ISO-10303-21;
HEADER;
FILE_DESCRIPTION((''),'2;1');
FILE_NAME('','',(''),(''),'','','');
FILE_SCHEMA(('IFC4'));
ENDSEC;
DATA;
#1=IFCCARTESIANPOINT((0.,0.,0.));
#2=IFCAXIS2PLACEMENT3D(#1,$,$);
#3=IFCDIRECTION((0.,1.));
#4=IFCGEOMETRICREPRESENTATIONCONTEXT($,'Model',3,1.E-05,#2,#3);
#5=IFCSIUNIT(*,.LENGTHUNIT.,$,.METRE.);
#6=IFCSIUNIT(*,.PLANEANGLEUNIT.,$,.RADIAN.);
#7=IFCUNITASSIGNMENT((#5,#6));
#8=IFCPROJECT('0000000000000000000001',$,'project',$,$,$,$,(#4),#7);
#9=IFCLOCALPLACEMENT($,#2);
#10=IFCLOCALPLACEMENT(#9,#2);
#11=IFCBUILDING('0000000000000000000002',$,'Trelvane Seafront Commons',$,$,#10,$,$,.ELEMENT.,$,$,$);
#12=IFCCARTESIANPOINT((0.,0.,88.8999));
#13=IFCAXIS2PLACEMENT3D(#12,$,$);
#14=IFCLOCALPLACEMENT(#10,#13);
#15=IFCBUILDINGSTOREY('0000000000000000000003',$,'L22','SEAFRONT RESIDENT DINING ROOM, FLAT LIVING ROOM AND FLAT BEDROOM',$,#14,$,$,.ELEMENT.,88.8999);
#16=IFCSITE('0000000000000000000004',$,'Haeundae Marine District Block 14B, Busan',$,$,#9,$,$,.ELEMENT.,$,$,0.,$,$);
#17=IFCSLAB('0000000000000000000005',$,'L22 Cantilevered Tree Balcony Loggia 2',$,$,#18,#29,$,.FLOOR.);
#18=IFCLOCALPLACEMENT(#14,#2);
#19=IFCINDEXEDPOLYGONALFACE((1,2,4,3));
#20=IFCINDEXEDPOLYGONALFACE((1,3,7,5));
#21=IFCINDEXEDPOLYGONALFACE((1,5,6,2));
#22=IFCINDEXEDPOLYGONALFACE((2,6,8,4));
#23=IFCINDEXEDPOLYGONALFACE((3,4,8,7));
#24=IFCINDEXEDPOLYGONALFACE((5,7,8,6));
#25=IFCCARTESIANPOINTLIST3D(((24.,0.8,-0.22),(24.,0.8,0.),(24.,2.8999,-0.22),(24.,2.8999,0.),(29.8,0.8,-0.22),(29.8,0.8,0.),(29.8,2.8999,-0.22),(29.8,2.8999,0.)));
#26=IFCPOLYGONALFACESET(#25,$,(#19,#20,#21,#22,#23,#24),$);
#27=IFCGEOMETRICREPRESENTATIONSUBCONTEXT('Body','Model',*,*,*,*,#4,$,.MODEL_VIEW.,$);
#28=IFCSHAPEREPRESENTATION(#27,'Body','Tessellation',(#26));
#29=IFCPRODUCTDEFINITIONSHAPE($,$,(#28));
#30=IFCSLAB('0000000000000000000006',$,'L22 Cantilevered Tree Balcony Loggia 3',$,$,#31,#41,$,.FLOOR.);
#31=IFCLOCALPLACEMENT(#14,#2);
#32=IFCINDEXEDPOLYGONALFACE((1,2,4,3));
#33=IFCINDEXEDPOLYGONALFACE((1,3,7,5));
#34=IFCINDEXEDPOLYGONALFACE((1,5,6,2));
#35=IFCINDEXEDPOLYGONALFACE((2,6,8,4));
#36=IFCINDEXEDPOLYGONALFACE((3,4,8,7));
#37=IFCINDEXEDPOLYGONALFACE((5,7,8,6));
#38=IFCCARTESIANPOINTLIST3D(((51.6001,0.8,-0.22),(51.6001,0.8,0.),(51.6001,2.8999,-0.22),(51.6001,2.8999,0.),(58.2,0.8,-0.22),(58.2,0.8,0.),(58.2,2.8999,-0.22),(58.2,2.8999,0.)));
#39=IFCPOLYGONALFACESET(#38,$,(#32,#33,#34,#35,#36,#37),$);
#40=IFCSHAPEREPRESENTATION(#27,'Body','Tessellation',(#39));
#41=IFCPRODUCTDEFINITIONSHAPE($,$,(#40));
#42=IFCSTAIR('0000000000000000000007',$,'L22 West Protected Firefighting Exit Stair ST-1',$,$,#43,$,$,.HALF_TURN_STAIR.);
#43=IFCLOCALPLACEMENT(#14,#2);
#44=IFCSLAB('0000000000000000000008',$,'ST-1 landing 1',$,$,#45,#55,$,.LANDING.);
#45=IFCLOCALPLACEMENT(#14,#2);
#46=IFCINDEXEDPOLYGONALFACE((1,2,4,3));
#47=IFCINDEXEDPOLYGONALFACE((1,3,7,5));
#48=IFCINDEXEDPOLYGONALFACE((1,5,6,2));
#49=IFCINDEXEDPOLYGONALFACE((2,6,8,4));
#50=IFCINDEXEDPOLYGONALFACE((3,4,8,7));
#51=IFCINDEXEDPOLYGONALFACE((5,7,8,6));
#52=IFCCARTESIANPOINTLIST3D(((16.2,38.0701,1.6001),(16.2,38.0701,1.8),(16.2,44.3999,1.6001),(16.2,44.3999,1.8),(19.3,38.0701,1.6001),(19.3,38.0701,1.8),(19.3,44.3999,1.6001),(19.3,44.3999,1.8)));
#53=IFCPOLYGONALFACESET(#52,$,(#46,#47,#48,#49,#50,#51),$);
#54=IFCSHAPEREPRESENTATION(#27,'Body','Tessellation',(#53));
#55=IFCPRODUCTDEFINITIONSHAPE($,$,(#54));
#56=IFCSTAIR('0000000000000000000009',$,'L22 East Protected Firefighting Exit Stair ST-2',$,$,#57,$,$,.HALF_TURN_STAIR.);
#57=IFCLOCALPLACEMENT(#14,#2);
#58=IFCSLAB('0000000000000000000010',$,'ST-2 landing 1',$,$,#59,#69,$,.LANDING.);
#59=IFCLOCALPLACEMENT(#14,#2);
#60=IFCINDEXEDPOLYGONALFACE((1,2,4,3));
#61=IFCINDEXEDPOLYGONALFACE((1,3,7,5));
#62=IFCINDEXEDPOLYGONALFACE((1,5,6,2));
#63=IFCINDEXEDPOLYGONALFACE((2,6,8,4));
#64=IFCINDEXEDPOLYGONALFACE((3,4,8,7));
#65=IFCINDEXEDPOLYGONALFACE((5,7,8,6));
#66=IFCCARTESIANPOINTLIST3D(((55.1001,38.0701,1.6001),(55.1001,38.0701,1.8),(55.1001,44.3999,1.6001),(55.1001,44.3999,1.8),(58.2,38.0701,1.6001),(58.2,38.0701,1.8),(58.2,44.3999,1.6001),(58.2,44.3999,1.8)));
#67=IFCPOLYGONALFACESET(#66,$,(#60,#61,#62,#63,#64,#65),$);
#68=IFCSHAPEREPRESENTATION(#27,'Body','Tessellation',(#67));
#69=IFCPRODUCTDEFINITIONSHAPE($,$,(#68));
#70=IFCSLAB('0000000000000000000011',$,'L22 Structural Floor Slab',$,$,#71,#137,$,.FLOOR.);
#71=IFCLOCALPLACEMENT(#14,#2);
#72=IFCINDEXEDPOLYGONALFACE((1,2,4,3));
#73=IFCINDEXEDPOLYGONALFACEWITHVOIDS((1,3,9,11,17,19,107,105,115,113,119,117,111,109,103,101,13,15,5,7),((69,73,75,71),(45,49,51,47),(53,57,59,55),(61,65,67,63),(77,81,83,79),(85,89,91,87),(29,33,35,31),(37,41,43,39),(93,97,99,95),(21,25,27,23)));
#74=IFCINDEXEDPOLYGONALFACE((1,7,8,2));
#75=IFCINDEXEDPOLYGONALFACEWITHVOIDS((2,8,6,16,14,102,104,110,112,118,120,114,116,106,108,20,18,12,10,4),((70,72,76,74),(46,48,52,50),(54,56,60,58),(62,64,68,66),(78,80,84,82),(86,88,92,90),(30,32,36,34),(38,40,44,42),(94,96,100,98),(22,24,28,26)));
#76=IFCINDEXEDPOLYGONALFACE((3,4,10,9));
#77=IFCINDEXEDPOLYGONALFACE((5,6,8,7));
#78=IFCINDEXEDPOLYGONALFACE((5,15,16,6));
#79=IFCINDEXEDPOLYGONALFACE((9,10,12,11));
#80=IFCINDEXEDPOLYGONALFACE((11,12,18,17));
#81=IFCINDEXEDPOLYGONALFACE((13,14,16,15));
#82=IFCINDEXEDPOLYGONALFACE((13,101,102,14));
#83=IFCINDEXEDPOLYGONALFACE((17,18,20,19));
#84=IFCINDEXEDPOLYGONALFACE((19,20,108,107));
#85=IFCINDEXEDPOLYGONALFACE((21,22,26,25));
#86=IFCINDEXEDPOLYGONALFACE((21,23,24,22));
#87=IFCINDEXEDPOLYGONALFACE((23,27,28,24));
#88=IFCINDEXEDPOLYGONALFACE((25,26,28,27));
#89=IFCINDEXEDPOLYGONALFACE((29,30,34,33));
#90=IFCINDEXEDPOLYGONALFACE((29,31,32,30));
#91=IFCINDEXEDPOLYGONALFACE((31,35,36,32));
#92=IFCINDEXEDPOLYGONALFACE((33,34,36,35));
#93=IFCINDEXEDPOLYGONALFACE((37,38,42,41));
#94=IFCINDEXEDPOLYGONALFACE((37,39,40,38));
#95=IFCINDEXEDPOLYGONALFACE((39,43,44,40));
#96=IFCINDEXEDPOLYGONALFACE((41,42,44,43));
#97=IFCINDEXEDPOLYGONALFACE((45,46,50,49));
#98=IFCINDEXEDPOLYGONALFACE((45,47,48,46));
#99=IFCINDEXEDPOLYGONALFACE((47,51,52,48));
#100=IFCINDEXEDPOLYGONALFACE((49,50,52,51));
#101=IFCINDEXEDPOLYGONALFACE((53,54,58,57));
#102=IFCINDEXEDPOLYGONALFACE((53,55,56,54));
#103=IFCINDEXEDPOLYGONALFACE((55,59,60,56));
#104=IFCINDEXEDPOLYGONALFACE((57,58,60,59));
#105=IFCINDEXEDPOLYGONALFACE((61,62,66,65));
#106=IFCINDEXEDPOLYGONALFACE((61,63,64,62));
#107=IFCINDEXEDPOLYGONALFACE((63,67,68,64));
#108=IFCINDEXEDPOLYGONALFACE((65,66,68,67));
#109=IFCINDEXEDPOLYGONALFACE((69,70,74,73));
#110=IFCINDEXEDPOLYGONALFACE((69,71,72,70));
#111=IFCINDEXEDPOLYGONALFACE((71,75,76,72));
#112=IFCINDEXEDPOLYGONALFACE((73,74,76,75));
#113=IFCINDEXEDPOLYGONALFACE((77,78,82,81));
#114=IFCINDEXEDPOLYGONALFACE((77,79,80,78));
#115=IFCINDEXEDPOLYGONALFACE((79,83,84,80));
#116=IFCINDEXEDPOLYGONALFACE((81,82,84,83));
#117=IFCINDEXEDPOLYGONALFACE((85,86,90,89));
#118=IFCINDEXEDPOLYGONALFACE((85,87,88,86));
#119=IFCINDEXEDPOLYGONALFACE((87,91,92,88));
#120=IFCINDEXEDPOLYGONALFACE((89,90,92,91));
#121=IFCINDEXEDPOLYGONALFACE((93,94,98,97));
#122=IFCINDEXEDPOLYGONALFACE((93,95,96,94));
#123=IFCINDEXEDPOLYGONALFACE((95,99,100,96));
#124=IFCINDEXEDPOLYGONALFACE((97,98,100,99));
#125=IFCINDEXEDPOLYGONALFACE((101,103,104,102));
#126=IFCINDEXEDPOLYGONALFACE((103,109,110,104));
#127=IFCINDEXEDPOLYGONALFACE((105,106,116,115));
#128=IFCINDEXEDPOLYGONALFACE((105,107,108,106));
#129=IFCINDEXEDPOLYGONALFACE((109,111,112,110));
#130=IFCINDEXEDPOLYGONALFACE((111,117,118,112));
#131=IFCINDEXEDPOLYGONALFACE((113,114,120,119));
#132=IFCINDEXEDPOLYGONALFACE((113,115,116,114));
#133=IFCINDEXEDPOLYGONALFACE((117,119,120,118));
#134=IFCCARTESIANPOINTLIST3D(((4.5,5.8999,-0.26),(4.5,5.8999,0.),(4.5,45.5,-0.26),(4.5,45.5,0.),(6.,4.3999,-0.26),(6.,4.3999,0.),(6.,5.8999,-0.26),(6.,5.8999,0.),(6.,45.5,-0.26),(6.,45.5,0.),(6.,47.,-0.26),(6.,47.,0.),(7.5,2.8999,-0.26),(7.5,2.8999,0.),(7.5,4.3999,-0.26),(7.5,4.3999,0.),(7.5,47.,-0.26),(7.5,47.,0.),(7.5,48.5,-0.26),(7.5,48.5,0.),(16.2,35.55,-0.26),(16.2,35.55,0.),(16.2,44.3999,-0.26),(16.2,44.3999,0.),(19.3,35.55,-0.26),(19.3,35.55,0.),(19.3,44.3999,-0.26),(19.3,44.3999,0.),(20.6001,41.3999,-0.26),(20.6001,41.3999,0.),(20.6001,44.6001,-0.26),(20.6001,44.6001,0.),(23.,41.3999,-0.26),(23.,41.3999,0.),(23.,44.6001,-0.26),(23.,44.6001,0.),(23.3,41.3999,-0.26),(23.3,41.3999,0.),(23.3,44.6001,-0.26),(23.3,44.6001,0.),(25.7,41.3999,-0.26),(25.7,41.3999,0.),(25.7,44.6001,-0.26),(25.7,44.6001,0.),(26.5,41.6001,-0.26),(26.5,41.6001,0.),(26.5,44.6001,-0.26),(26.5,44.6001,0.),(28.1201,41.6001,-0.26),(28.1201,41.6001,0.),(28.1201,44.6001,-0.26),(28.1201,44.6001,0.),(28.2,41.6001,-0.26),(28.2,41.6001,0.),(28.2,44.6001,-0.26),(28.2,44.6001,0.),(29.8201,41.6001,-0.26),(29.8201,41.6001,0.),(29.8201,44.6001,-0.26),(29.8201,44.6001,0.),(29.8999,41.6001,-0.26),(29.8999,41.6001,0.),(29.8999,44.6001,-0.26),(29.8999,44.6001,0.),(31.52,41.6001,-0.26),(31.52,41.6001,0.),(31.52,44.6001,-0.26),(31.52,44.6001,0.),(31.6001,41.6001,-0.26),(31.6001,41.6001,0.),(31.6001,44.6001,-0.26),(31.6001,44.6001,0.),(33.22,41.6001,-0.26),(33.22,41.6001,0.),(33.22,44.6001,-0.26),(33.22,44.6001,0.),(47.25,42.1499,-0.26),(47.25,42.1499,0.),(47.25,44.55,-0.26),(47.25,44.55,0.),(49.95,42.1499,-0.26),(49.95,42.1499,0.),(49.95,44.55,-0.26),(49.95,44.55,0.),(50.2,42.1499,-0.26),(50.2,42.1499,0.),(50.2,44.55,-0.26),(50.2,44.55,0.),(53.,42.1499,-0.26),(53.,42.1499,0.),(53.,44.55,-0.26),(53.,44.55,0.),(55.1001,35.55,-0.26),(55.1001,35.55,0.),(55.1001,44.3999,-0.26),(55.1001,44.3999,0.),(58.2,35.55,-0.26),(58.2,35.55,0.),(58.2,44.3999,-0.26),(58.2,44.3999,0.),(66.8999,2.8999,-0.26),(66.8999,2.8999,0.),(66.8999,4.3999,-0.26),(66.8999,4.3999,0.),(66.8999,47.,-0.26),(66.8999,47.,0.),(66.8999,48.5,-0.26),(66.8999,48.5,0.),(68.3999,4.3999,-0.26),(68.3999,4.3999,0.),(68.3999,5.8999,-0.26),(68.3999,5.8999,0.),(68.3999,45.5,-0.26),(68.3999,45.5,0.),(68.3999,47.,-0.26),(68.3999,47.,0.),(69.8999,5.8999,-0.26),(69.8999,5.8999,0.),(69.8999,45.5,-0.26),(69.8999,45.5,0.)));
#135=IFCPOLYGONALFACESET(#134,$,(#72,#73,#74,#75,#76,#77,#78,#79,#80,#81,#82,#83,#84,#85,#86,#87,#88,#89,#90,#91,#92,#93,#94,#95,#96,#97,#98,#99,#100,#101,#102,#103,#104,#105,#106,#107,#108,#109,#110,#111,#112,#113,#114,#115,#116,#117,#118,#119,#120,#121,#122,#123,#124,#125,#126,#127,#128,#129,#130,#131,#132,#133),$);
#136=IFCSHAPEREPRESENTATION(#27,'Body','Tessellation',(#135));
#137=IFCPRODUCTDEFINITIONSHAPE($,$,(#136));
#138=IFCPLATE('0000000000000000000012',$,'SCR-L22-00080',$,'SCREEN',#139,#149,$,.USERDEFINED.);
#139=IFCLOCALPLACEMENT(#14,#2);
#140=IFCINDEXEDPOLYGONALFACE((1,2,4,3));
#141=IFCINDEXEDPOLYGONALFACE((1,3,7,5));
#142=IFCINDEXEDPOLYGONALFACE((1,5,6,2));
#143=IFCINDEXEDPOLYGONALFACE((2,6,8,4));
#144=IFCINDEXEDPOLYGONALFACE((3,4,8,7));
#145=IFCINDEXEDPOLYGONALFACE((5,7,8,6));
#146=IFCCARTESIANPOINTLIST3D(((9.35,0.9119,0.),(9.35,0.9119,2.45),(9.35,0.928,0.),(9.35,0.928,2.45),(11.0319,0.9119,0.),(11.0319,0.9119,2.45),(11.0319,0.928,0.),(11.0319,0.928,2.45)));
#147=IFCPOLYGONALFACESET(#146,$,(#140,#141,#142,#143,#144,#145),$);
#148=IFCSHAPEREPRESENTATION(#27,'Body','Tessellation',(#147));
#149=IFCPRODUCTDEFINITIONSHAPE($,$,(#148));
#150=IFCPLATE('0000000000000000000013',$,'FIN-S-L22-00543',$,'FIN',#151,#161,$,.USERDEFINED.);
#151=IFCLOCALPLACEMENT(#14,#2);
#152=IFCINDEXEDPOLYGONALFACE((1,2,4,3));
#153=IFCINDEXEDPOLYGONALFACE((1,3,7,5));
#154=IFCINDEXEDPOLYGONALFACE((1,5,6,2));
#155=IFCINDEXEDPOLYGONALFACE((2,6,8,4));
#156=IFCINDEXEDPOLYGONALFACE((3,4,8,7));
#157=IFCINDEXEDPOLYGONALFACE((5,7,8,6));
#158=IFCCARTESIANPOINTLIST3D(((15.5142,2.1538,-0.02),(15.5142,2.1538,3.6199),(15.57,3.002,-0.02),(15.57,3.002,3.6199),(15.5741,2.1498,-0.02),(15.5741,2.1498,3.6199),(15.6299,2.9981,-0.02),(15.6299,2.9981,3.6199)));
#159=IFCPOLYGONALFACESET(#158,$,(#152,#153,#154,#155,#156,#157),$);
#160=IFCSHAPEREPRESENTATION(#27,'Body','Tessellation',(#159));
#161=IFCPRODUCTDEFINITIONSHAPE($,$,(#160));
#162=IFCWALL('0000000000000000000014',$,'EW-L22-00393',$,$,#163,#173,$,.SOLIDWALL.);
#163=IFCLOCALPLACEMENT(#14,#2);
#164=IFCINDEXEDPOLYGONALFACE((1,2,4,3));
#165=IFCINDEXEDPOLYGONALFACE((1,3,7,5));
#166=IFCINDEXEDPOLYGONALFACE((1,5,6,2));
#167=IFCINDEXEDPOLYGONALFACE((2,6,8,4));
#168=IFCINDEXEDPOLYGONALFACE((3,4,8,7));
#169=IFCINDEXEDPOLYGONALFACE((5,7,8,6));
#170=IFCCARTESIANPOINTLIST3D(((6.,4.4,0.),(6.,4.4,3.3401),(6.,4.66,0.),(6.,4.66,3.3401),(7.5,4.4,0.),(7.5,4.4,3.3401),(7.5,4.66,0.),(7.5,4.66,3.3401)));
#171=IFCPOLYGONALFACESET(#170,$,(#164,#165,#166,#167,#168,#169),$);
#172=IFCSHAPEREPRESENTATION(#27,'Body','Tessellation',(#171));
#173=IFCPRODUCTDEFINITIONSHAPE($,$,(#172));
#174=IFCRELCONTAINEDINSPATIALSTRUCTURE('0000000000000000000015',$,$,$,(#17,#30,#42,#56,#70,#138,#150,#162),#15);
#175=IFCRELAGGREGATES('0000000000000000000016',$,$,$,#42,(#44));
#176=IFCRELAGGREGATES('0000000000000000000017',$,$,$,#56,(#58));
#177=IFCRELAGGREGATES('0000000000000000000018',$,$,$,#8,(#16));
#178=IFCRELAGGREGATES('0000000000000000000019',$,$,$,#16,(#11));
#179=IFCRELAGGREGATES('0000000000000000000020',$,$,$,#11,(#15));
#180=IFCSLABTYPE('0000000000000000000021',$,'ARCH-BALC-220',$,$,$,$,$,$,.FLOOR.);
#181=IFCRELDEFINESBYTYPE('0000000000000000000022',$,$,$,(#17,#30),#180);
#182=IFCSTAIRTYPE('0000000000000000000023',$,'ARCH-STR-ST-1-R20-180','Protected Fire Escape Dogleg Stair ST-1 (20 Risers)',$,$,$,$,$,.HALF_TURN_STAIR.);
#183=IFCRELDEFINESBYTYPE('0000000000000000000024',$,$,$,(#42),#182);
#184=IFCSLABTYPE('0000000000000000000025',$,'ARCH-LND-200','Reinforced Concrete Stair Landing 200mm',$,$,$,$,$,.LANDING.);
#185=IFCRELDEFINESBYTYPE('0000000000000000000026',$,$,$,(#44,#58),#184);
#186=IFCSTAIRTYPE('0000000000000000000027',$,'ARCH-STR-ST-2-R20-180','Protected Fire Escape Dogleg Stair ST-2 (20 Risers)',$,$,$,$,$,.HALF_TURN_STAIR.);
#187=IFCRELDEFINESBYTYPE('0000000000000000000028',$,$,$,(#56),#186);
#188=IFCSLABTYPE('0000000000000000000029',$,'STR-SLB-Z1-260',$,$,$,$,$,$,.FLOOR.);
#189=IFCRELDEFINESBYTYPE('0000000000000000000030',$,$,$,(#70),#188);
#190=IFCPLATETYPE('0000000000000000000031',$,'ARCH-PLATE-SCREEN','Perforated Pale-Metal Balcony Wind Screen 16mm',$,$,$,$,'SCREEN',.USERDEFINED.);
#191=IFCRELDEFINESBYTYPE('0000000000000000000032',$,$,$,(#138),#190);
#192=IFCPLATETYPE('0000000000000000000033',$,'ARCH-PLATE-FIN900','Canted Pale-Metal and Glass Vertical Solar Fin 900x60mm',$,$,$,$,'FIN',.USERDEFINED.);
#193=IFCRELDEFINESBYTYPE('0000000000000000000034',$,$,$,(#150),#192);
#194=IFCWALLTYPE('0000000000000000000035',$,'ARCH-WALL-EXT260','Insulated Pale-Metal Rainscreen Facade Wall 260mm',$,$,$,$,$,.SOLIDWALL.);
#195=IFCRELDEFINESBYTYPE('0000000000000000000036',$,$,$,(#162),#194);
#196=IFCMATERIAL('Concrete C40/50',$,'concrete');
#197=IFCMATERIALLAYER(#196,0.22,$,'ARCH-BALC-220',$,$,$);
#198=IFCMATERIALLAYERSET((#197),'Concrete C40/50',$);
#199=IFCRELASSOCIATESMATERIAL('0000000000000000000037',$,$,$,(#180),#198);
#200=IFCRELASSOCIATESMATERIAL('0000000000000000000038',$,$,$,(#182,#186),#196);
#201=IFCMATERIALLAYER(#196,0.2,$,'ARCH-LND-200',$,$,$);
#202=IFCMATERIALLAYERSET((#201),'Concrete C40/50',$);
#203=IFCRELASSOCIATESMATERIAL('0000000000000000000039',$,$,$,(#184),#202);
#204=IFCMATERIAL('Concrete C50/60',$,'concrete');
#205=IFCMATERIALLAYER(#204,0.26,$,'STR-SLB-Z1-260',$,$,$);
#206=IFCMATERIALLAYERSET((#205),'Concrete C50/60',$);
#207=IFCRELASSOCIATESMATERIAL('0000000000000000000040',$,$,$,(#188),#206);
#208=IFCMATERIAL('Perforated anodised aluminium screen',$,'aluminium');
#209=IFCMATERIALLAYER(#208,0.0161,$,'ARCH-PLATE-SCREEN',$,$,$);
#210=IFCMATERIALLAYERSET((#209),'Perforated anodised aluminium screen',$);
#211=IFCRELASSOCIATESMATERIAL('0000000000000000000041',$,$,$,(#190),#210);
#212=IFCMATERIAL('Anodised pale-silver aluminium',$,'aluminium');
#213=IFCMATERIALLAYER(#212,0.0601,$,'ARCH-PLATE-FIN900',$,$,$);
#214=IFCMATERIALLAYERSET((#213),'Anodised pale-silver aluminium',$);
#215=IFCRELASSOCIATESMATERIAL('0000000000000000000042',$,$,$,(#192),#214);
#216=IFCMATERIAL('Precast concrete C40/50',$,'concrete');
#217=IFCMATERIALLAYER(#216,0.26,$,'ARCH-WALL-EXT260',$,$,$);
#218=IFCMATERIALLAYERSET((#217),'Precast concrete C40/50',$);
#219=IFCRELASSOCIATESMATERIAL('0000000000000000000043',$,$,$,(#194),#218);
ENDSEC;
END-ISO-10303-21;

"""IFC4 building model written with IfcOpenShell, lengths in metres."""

from ifc_helpers import new_model, si_unit, direction, frame, frame_2d, origin, origin_2d, place, context, subcontext, project, spatial, polyline, rectangle, outline, extrude, source, transform, mapped, material, layer, layer_set, type_object, element, aggregate, save


model = new_model("IFC4")

# Units and contexts
model_context = context("Model", 3, precision=1e-05, world=origin(), true_north=direction((0.0, 1.0)))
body_context = subcontext(model_context, "Body", "Model", "MODEL_VIEW")
ifc_project = project(units=[si_unit("LENGTHUNIT", "METRE"), si_unit("PLANEANGLEUNIT", "RADIAN")], contexts=[model_context])

# Site, building, storey
site_placement = place(None, origin())
site = spatial("IfcSite", under=ifc_project, at=site_placement, Name="Haeundae Marine District Block 14B, Busan", CompositionType="ELEMENT", RefElevation=0.0)
building_placement = place(site_placement, origin())
building = spatial("IfcBuilding", under=site, at=building_placement, Name="Trelvane Seafront Commons", CompositionType="ELEMENT")
storey_placement = place(building_placement, frame((0.0, 0.0, 88.8999)))
storey = spatial("IfcBuildingStorey", under=building, at=storey_placement, Name="L22", Description="SEAFRONT RESIDENT DINING ROOM, FLAT LIVING ROOM AND FLAT BEDROOM", CompositionType="ELEMENT", Elevation=88.8999)

# Slabs
ifc_material_1 = material(Name="Concrete C40/50", Category="concrete")
ifc_layer_1 = layer(ifc_material_1, 0.22, Name="ARCH-BALC-220")
ifc_layer_set_1 = layer_set([ifc_layer_1], Name="Concrete C40/50")
slab_type_1 = type_object("IfcSlabType", Name="ARCH-BALC-220", PredefinedType="FLOOR", material=ifc_layer_set_1)
slab_1_placement = place(storey_placement, frame((0.0, 0.0, -0.22)))
element("IfcSlab", 1, at=slab_1_placement, inside=storey, type_object=slab_type_1, Name="L22 Cantilevered Tree Balcony Loggia 2", PredefinedType="FLOOR", context=body_context, shape_type="SweptSolid", body=[
    extrude(outline(polyline([(24.0, 0.8), (29.8, 0.8), (29.8, 2.8999), (24.0, 2.8999), (24.0, 0.8)])), origin(), (0.0, 0.0, 1.0), 0.22),
])
slab_2_placement = place(storey_placement, frame((0.0, 0.0, -0.22)))
element("IfcSlab", 2, at=slab_2_placement, inside=storey, type_object=slab_type_1, Name="L22 Cantilevered Tree Balcony Loggia 3", PredefinedType="FLOOR", context=body_context, shape_type="SweptSolid", body=[
    extrude(outline(polyline([(51.6001, 0.8), (58.2, 0.8), (58.2, 2.8999), (51.6001, 2.8999), (51.6001, 0.8)])), origin(), (0.0, 0.0, 1.0), 0.22),
])

# Stairs, slabs
stair_type_1 = type_object("IfcStairType", Name="ARCH-STR-ST-1-R20-180", Description="Protected Fire Escape Dogleg Stair ST-1 (20 Risers)", PredefinedType="HALF_TURN_STAIR", material=ifc_material_1)
stair_1_placement = place(storey_placement, origin())
stair_1 = element("IfcStair", 3, at=stair_1_placement, inside=storey, type_object=stair_type_1, Name="L22 West Protected Firefighting Exit Stair ST-1", PredefinedType="HALF_TURN_STAIR")
ifc_layer_2 = layer(ifc_material_1, 0.2, Name="ARCH-LND-200")
ifc_layer_set_2 = layer_set([ifc_layer_2], Name="Concrete C40/50")
slab_type_2 = type_object("IfcSlabType", Name="ARCH-LND-200", Description="Reinforced Concrete Stair Landing 200mm", PredefinedType="LANDING", material=ifc_layer_set_2)
slab_3_placement = place(storey_placement, frame((0.0, 0.0, 1.6001)))
slab_3 = element("IfcSlab", 4, at=slab_3_placement, type_object=slab_type_2, Name="ST-1 landing 1", PredefinedType="LANDING", context=body_context, shape_type="SweptSolid", body=[
    extrude(outline(polyline([(19.3, 38.0701), (19.3, 44.3999), (16.2, 44.3999), (16.2, 38.0701), (19.3, 38.0701)])), origin(), (0.0, 0.0, 1.0), 0.2),
])
aggregate(stair_1, [slab_3])
stair_type_2 = type_object("IfcStairType", Name="ARCH-STR-ST-2-R20-180", Description="Protected Fire Escape Dogleg Stair ST-2 (20 Risers)", PredefinedType="HALF_TURN_STAIR", material=ifc_material_1)
stair_2_placement = place(storey_placement, origin())
stair_2 = element("IfcStair", 5, at=stair_2_placement, inside=storey, type_object=stair_type_2, Name="L22 East Protected Firefighting Exit Stair ST-2", PredefinedType="HALF_TURN_STAIR")
slab_4_placement = place(storey_placement, frame((0.0, 0.0, 1.6001)))
slab_4 = element("IfcSlab", 6, at=slab_4_placement, type_object=slab_type_2, Name="ST-2 landing 1", PredefinedType="LANDING", context=body_context, shape_type="SweptSolid", body=[
    extrude(outline(polyline([(58.2, 38.0701), (58.2, 44.3999), (55.1001, 44.3999), (55.1001, 38.0701), (58.2, 38.0701)])), origin(), (0.0, 0.0, 1.0), 0.2),
])
aggregate(stair_2, [slab_4])

# Slab
ifc_material_2 = material(Name="Concrete C50/60", Category="concrete")
ifc_layer_3 = layer(ifc_material_2, 0.26, Name="STR-SLB-Z1-260")
ifc_layer_set_3 = layer_set([ifc_layer_3], Name="Concrete C50/60")
slab_type_3 = type_object("IfcSlabType", Name="STR-SLB-Z1-260", PredefinedType="FLOOR", material=ifc_layer_set_3)
slab_5_placement = place(storey_placement, frame((0.0, 0.0, -0.26)))
element("IfcSlab", 7, at=slab_5_placement, inside=storey, type_object=slab_type_3, Name="L22 Structural Floor Slab", PredefinedType="FLOOR", context=body_context, shape_type="SweptSolid", body=[
    extrude(outline(polyline([(7.5, 2.8999), (66.8999, 2.8999), (66.8999, 4.3999), (68.3999, 4.3999), (68.3999, 5.8999), (69.8999, 5.8999), (69.8999, 45.5), (68.3999, 45.5), (68.3999, 47.0), (66.8999, 47.0), (66.8999, 48.5), (7.5, 48.5), (7.5, 47.0), (6.0, 47.0), (6.0, 45.5), (4.5, 45.5), (4.5, 5.8999), (6.0, 5.8999), (6.0, 4.3999), (7.5, 4.3999), (7.5, 2.8999)]), holes=[polyline([(19.3, 35.55), (16.2, 35.55), (16.2, 44.3999), (19.3, 44.3999), (19.3, 35.55)]), polyline([(58.2, 35.55), (55.1001, 35.55), (55.1001, 44.3999), (58.2, 44.3999), (58.2, 35.55)]), polyline([(23.0, 41.3999), (20.6001, 41.3999), (20.6001, 44.6001), (23.0, 44.6001), (23.0, 41.3999)]), polyline([(23.3, 41.3999), (23.3, 44.6001), (25.7, 44.6001), (25.7, 41.3999), (23.3, 41.3999)]), polyline([(26.5, 41.6001), (26.5, 44.6001), (28.1201, 44.6001), (28.1201, 41.6001), (26.5, 41.6001)]), polyline([(29.8201, 41.6001), (28.2, 41.6001), (28.2, 44.6001), (29.8201, 44.6001), (29.8201, 41.6001)]), polyline([(31.52, 41.6001), (29.8999, 41.6001), (29.8999, 44.6001), (31.52, 44.6001), (31.52, 41.6001)]), polyline([(33.22, 41.6001), (31.6001, 41.6001), (31.6001, 44.6001), (33.22, 44.6001), (33.22, 41.6001)]), polyline([(47.25, 42.1499), (47.25, 44.55), (49.95, 44.55), (49.95, 42.1499), (47.25, 42.1499)]), polyline([(50.2, 42.1499), (50.2, 44.55), (53.0, 44.55), (53.0, 42.1499), (50.2, 42.1499)])]), origin(), (0.0, 0.0, 1.0), 0.26),
])

# Plates
ifc_material_3 = material(Name="Perforated anodised aluminium screen", Category="aluminium")
ifc_layer_4 = layer(ifc_material_3, 0.0161, Name="ARCH-PLATE-SCREEN")
ifc_layer_set_4 = layer_set([ifc_layer_4], Name="Perforated anodised aluminium screen")
plate_type_1 = type_object("IfcPlateType", Name="ARCH-PLATE-SCREEN", Description="Perforated Pale-Metal Balcony Wind Screen 16mm", ElementType="SCREEN", PredefinedType="USERDEFINED", material=ifc_layer_set_4)
shared_shape_1 = source(origin(), body_context, "Body", "SweptSolid", [
    extrude(rectangle(XDim=1.6819, YDim=0.0161, at=origin_2d()), origin(), (0.0, 0.0, 1.0), 2.45),
])
plate_1_placement = place(storey_placement, frame((10.1909, 0.9199, 0.0), z_axis=(0.0, 0.0, 1.0), x_axis=(1.0, 0.0, 0.0)))
element("IfcPlate", 8, at=plate_1_placement, inside=storey, type_object=plate_type_1, Name="SCR-L22-00080", ObjectType="SCREEN", PredefinedType="USERDEFINED", context=body_context, shape_type="MappedRepresentation", body=[
    mapped(shared_shape_1, transform((0.0, 0.0, 0.0), x_axis=(1.0, 0.0, 0.0), y_axis=(0.0, 1.0, 0.0), z_axis=(0.0, 0.0, 1.0), scale=1.0)),
])
ifc_material_4 = material(Name="Anodised pale-silver aluminium", Category="aluminium")
ifc_layer_5 = layer(ifc_material_4, 0.0601, Name="ARCH-PLATE-FIN900")
ifc_layer_set_5 = layer_set([ifc_layer_5], Name="Anodised pale-silver aluminium")
plate_type_2 = type_object("IfcPlateType", Name="ARCH-PLATE-FIN900", Description="Canted Pale-Metal and Glass Vertical Solar Fin 900x60mm", ElementType="FIN", PredefinedType="USERDEFINED", material=ifc_layer_set_5)
shared_shape_2 = source(origin(), body_context, "Body", "SweptSolid", [
    extrude(rectangle(XDim=0.8501, YDim=0.0601, at=origin_2d()), origin(), (0.0, 0.0, 1.0), 3.6399),
])
plate_2_placement = place(storey_placement, frame((15.572, 2.5759, -0.02), z_axis=(0.0, 0.0, 1.0), x_axis=(-0.065645, -0.997843, 0.0)))
element("IfcPlate", 9, at=plate_2_placement, inside=storey, type_object=plate_type_2, Name="FIN-S-L22-00543", ObjectType="FIN", PredefinedType="USERDEFINED", context=body_context, shape_type="MappedRepresentation", body=[
    mapped(shared_shape_2, transform((0.0, 0.0, 0.0), x_axis=(1.0, 0.0, 0.0), y_axis=(0.0, 1.0, 0.0), z_axis=(0.0, 0.0, 1.0), scale=1.0)),
])

# Wall
ifc_material_5 = material(Name="Precast concrete C40/50", Category="concrete")
ifc_layer_6 = layer(ifc_material_5, 0.26, Name="ARCH-WALL-EXT260")
ifc_layer_set_6 = layer_set([ifc_layer_6], Name="Precast concrete C40/50")
wall_type_1 = type_object("IfcWallType", Name="ARCH-WALL-EXT260", Description="Insulated Pale-Metal Rainscreen Facade Wall 260mm", PredefinedType="SOLIDWALL", material=ifc_layer_set_6)
for number, where, z_axis, x_axis, name in (
    (10, (7.5, 4.53, 0.0), (0.0, 0.0, 1.0), (-1.0, 0.0, 0.0), "EW-L22-00393"),
):
    element("IfcWall", number, at=place(storey_placement, frame(where, z_axis=z_axis, x_axis=x_axis)), inside=storey, type_object=wall_type_1, Name=name, PredefinedType="SOLIDWALL", context=body_context, shape_type="SweptSolid", body=[
        extrude(rectangle(XDim=1.5, YDim=0.26, at=frame_2d((0.75, 0.0))), origin(), (0.0, 0.0, 1.0), 3.3401),
    ])

save(model, "model.ifc")
